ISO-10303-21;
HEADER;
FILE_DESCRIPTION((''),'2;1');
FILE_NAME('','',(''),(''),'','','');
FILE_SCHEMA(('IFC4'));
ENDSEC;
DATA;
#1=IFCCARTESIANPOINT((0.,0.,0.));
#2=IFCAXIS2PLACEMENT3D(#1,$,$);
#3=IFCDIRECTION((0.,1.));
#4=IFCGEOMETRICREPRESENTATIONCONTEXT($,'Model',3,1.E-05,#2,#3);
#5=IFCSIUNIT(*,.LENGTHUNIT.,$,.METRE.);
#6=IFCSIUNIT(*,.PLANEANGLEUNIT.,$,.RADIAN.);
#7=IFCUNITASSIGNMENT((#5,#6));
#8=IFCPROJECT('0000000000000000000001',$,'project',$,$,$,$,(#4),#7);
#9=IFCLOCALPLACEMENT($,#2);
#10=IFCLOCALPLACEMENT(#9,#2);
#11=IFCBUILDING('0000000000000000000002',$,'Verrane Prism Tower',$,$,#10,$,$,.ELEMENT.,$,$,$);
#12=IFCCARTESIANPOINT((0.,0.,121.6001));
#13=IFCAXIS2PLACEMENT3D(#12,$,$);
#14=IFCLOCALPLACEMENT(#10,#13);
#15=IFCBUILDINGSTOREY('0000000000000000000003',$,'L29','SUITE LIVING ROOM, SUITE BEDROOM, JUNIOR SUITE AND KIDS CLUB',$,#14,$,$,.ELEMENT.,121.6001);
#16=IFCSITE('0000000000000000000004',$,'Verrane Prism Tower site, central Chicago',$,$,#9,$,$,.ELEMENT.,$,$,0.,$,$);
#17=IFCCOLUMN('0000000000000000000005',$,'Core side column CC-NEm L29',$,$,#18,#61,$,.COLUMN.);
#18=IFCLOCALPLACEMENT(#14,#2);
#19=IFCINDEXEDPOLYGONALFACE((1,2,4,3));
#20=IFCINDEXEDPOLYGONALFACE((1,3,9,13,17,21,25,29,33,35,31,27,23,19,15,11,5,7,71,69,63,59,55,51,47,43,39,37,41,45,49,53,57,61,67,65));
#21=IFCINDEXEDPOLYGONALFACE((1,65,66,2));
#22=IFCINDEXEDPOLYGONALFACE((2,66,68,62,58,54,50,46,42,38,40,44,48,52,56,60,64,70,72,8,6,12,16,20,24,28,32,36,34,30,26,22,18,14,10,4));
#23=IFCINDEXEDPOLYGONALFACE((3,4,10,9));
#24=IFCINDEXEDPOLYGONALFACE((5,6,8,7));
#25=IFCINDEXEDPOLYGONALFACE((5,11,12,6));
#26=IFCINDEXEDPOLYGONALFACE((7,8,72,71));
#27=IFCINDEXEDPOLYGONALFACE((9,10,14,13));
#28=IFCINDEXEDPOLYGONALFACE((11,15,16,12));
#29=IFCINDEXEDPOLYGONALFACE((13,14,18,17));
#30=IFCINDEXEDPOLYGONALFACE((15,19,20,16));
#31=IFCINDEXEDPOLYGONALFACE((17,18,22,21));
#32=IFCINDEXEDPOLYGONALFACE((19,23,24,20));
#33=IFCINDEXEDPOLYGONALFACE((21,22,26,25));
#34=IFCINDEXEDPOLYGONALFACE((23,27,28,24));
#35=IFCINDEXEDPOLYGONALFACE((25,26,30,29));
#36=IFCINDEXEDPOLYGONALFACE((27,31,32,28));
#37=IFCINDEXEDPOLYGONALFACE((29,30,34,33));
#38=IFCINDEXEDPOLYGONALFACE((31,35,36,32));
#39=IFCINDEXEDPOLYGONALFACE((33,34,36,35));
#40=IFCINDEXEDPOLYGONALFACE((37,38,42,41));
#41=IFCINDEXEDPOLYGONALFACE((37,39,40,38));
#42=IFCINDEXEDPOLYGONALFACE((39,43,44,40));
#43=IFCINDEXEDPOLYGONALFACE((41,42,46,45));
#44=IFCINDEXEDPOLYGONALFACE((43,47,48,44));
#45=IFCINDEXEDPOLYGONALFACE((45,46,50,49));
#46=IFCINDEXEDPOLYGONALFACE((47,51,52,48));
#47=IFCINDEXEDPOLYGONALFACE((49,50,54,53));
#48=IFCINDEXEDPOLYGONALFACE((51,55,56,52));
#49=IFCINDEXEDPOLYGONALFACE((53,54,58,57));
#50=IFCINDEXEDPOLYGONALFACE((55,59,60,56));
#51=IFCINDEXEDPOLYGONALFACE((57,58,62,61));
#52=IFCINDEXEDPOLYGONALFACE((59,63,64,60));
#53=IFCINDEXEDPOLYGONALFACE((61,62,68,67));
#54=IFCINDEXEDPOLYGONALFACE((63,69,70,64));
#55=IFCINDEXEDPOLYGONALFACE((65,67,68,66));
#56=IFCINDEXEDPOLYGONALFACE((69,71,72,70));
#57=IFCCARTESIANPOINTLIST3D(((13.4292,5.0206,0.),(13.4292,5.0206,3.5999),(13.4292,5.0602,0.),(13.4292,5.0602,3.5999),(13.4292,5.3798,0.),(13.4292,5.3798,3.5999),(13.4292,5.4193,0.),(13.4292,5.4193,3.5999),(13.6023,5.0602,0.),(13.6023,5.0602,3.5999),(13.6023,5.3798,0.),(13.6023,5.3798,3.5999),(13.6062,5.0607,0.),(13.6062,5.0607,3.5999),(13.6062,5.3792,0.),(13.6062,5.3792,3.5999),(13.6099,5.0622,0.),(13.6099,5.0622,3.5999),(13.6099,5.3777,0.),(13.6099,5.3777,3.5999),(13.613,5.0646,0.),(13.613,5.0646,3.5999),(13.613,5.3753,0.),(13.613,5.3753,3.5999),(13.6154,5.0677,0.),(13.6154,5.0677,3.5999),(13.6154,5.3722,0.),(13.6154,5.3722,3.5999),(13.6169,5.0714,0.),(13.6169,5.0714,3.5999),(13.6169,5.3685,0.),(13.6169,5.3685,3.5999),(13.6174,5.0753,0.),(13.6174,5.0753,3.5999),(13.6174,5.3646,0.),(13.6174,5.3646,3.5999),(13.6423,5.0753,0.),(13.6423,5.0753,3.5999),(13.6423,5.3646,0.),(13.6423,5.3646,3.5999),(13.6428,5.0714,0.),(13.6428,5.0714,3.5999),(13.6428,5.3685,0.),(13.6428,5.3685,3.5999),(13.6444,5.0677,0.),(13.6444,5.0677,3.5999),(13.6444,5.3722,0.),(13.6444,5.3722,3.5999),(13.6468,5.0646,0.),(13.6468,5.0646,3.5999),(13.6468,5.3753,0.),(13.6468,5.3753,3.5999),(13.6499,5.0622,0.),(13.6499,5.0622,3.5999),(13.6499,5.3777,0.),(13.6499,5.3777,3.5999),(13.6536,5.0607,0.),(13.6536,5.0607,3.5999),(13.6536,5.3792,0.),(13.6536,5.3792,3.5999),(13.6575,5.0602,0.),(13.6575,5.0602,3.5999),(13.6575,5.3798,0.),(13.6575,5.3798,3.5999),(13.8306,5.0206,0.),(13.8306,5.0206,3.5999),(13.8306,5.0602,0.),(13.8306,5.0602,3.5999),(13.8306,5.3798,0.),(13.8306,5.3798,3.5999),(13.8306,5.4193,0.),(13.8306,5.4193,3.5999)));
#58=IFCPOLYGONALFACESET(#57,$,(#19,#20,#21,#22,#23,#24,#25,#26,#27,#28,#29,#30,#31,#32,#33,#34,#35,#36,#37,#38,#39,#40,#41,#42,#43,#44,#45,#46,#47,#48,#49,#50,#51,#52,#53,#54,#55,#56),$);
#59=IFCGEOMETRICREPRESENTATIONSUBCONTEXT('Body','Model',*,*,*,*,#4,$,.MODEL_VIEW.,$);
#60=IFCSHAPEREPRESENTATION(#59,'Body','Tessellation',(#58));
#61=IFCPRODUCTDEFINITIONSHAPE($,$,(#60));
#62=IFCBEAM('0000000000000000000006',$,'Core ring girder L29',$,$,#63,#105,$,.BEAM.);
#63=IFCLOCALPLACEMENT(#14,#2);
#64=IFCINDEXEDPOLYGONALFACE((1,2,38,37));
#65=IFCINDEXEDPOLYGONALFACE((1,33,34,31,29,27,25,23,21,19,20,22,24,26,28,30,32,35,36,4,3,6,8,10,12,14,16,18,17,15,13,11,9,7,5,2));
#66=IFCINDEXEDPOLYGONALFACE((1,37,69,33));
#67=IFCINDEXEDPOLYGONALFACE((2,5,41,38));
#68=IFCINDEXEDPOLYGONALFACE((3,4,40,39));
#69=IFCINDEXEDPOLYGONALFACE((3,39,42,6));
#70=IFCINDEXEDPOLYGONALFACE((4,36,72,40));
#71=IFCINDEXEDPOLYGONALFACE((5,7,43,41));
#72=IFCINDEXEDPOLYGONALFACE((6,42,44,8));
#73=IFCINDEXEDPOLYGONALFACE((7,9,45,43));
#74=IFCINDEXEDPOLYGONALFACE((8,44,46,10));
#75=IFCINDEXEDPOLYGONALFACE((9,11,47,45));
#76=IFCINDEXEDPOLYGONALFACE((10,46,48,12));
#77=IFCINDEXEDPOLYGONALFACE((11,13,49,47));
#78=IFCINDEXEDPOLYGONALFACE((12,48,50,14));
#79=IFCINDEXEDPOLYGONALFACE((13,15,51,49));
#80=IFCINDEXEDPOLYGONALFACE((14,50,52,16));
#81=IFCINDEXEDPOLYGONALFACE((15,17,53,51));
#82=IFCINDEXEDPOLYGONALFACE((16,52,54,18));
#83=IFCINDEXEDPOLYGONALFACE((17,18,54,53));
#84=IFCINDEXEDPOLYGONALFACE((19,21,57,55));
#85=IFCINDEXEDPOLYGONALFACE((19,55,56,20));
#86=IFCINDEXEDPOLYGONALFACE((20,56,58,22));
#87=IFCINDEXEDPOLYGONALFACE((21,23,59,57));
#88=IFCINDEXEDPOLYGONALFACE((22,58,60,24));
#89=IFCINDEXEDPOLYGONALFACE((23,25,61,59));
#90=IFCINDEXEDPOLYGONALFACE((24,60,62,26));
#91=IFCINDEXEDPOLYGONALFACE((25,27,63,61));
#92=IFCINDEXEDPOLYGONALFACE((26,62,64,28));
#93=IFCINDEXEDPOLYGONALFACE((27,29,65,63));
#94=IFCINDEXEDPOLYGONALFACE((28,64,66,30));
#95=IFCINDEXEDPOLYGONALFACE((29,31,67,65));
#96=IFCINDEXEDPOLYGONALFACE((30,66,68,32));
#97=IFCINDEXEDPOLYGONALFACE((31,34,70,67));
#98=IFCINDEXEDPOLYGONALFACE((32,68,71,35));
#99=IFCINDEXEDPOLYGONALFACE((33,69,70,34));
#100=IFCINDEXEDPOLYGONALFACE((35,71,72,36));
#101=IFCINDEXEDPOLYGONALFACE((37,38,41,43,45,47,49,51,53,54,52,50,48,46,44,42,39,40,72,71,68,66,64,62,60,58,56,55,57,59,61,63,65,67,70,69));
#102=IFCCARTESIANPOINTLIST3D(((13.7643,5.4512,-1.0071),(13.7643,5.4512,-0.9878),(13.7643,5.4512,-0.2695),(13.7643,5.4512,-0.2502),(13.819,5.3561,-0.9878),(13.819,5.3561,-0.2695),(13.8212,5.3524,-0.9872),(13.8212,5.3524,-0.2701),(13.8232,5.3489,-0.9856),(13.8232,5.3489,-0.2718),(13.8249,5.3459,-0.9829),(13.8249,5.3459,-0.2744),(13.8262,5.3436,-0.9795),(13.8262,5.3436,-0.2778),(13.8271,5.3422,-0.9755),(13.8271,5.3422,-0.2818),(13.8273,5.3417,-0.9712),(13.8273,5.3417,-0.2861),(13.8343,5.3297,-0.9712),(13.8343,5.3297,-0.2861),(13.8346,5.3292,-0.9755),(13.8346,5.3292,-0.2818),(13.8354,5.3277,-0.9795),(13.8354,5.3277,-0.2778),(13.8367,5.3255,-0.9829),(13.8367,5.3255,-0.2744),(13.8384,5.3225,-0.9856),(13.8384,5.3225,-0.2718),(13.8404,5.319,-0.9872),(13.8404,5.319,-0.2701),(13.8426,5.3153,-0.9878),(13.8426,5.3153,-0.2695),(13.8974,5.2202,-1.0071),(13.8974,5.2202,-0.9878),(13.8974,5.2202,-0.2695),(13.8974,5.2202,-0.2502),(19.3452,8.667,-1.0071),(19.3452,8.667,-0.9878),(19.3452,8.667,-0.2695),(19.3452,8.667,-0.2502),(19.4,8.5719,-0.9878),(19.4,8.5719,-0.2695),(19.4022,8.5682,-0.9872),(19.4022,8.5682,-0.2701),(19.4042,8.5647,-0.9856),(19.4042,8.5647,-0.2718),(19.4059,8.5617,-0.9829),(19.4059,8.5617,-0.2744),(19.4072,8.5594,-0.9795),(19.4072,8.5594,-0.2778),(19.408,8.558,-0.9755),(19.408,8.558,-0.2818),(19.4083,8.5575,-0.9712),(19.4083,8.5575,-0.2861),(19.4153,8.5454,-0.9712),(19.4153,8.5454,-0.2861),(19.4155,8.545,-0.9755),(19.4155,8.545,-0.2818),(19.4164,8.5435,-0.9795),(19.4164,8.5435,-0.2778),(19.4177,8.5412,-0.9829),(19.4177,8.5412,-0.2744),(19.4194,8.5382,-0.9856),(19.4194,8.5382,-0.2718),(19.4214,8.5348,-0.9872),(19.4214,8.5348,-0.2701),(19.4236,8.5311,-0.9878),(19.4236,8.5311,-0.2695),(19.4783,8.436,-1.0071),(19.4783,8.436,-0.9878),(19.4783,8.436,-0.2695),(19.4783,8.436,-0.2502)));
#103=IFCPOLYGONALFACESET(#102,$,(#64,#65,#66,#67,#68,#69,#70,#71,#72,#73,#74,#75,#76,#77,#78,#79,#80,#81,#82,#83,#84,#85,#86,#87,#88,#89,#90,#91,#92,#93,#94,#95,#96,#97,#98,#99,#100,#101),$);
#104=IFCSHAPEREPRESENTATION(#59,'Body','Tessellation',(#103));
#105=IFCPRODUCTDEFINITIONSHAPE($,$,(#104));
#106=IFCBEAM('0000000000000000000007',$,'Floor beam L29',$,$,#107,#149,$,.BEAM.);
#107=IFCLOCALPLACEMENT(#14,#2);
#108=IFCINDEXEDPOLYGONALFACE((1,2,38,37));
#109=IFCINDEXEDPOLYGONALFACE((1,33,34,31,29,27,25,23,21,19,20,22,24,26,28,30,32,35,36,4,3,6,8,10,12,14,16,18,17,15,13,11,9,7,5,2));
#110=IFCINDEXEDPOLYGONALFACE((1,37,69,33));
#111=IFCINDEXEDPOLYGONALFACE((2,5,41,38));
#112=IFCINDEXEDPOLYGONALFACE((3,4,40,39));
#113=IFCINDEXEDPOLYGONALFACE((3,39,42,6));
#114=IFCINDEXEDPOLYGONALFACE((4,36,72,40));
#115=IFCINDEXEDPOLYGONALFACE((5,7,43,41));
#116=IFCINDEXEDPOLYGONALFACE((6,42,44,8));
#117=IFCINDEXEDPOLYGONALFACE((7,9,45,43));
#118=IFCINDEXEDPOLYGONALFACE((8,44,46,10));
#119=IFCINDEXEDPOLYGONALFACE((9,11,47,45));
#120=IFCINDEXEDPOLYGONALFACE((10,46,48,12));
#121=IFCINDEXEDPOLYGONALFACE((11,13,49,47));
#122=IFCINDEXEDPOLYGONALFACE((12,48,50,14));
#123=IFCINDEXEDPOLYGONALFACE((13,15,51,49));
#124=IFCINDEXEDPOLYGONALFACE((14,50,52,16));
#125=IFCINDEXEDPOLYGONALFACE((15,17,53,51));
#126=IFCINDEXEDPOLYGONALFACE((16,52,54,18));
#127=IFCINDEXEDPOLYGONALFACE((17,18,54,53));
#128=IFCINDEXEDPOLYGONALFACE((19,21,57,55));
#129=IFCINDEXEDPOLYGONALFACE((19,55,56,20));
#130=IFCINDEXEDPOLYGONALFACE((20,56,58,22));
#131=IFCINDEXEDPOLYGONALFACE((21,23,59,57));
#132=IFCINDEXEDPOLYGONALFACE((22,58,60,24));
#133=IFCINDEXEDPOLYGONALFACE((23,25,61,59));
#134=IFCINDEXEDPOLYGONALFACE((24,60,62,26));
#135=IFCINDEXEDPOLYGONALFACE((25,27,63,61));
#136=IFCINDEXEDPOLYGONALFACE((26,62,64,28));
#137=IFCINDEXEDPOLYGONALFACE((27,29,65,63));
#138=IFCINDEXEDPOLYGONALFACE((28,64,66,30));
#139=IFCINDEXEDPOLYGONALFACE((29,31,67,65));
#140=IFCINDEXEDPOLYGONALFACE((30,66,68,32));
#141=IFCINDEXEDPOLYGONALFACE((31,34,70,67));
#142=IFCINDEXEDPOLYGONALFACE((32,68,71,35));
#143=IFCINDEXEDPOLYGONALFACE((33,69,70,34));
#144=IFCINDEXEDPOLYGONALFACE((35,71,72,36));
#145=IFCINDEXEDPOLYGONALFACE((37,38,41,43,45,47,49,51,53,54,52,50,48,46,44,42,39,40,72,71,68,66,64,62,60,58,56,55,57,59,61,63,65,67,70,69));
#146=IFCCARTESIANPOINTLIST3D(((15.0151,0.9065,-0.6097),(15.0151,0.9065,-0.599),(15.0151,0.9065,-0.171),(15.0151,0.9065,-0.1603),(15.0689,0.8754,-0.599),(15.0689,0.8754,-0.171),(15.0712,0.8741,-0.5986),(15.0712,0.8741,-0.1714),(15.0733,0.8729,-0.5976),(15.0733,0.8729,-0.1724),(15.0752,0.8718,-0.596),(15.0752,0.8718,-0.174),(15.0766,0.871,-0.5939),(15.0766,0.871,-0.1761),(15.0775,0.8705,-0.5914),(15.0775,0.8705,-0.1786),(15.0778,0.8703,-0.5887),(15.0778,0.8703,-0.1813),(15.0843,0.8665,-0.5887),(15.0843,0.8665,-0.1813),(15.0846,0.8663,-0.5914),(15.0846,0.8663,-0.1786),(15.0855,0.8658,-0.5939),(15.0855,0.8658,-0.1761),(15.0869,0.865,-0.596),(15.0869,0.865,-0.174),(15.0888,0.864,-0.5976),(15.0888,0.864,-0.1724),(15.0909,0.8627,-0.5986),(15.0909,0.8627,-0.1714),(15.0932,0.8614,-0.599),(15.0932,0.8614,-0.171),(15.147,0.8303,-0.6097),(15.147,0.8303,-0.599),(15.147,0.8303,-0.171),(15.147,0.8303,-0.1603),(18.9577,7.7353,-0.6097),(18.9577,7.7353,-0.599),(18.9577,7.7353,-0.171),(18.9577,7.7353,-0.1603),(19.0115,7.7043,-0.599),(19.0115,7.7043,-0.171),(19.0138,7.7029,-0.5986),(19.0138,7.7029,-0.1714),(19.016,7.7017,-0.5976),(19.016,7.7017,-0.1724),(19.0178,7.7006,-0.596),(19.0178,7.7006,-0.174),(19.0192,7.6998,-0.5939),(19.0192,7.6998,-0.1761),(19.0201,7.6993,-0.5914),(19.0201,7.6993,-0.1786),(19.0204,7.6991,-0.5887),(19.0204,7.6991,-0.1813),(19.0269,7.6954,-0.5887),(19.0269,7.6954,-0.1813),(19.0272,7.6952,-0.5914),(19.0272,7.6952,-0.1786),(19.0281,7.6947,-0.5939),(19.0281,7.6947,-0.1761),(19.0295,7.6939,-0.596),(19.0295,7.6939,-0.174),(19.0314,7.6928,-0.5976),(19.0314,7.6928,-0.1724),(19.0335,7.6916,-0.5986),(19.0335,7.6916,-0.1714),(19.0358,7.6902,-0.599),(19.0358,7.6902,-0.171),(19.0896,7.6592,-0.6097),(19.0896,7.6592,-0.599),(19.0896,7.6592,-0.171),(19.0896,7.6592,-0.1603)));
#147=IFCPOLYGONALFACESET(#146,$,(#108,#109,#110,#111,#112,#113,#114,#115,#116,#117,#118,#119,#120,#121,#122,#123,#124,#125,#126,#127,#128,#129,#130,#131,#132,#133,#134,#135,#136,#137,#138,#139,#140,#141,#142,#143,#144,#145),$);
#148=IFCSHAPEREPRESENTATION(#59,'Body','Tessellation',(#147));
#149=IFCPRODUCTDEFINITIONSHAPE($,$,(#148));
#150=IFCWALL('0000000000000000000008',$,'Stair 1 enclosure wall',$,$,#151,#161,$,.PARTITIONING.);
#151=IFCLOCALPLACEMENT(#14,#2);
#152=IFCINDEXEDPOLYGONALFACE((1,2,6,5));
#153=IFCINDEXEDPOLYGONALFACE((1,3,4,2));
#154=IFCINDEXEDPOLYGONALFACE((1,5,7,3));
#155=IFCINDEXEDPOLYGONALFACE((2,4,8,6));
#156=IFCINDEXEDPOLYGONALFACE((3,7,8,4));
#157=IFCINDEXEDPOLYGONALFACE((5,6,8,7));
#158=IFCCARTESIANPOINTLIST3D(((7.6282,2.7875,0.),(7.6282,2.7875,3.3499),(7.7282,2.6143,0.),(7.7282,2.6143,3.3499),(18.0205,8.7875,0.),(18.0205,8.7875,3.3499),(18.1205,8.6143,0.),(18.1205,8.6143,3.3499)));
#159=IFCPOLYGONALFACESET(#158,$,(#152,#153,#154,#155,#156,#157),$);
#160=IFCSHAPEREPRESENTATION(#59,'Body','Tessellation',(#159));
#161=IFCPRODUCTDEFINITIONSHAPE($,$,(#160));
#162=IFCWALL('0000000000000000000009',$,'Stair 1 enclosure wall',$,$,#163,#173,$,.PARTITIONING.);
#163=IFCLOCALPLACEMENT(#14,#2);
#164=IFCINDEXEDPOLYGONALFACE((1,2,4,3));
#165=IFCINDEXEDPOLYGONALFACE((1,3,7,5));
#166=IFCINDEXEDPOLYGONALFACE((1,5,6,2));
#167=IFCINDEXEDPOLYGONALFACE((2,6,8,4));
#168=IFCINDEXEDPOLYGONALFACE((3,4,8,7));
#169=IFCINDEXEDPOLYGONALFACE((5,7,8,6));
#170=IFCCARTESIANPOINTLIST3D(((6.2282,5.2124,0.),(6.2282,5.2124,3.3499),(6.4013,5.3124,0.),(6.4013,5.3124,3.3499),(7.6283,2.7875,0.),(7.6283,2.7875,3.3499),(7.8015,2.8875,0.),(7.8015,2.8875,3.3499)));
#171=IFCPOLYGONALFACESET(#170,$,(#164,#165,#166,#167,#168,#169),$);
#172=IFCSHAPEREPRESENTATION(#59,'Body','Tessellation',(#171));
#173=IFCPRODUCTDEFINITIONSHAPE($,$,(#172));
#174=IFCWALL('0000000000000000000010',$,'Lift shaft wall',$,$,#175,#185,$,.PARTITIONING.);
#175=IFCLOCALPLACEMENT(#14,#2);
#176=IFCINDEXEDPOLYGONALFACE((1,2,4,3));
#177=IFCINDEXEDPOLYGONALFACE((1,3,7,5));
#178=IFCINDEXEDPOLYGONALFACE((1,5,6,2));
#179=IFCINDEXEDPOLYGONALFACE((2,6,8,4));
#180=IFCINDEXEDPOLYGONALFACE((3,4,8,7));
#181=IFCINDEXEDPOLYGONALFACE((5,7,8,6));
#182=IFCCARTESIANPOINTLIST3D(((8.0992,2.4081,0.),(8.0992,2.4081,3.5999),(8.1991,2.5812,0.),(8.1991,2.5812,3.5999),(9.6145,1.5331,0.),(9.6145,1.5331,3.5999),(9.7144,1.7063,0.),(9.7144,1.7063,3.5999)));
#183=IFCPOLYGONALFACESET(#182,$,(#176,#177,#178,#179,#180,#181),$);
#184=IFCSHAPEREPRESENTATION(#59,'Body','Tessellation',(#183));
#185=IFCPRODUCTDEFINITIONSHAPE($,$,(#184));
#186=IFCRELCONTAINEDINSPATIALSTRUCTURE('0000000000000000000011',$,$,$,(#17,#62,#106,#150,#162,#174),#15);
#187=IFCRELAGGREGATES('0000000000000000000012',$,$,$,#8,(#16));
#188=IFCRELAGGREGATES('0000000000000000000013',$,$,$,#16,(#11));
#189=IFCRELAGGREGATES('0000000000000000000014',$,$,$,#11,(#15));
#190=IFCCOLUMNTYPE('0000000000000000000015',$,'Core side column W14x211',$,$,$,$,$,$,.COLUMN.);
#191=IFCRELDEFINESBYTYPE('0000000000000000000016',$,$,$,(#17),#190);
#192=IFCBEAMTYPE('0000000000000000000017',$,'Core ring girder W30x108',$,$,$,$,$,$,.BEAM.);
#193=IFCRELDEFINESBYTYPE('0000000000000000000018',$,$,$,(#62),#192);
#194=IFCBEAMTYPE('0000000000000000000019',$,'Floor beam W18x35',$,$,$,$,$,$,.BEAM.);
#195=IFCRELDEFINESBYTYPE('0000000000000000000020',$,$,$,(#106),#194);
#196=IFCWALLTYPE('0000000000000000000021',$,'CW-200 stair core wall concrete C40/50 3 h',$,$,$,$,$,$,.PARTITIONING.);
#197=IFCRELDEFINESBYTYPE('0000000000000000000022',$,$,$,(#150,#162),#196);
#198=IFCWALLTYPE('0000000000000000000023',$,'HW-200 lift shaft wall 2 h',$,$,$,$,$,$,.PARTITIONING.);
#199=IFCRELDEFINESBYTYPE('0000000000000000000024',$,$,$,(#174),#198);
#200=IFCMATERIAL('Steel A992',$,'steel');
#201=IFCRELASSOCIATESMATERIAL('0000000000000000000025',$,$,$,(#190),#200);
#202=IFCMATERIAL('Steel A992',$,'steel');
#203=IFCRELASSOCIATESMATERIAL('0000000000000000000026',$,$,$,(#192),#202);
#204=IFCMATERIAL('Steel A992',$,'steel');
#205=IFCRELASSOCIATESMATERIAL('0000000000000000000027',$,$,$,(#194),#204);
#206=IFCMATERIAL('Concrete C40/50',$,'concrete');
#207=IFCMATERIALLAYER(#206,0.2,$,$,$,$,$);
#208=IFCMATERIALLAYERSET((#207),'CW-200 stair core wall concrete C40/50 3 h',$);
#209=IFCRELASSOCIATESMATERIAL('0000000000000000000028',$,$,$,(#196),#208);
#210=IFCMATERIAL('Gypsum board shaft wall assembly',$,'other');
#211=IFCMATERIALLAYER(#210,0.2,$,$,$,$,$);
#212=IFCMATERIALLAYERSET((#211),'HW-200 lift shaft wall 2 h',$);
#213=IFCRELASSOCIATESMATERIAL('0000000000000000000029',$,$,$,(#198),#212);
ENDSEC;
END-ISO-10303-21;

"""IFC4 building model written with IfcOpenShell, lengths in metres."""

from ifc_helpers import new_model, si_unit, direction, frame, frame_2d, origin, origin_2d, place, context, subcontext, project, spatial, rectangle, i_section, extrude, material, layer, layer_set, material_profile, profile_set, type_object, element, save


model = new_model("IFC4")

# Units and contexts
model_context = context("Model", 3, precision=1e-05, world=origin(), true_north=direction((0.0, 1.0)))
body_context = subcontext(model_context, "Body", "Model", "MODEL_VIEW")
ifc_project = project(units=[si_unit("LENGTHUNIT", "METRE"), si_unit("PLANEANGLEUNIT", "RADIAN")], contexts=[model_context])

# Site, building, storey
site_placement = place(None, origin())
site = spatial("IfcSite", under=ifc_project, at=site_placement, Name="Verrane Prism Tower site, central Chicago", CompositionType="ELEMENT", RefElevation=0.0)
building_placement = place(site_placement, origin())
building = spatial("IfcBuilding", under=site, at=building_placement, Name="Verrane Prism Tower", CompositionType="ELEMENT")
storey_placement = place(building_placement, frame((0.0, 0.0, 121.6001)))
storey = spatial("IfcBuildingStorey", under=building, at=storey_placement, Name="L29", Description="SUITE LIVING ROOM, SUITE BEDROOM, JUNIOR SUITE AND KIDS CLUB", CompositionType="ELEMENT", Elevation=121.6001)

# Column
ifc_material_1 = material(Name="Steel A992", Category="steel")
ifc_material_profile_1 = material_profile(ifc_material_1, i_section(OverallWidth=0.4014, OverallDepth=0.3987, WebThickness=0.0249, FlangeThickness=0.0396, FilletRadius=0.0151, at=origin_2d()), Name="W14x211")
ifc_profile_set_1 = profile_set([ifc_material_profile_1], Name="Steel A992")
column_type = type_object("IfcColumnType", Name="Core side column W14x211", PredefinedType="COLUMN", material=ifc_profile_set_1)
column_placement = place(storey_placement, frame((13.6299, 5.22, 0.0), z_axis=(0.0, 0.0, 1.0), x_axis=(1.0, 0.0, 0.0)))
element("IfcColumn", 1, at=column_placement, inside=storey, type_object=column_type, Name="Core side column CC-NEm L29", PredefinedType="COLUMN", context=body_context, shape_type="SweptSolid", body=[
    extrude(i_section(OverallWidth=0.4014, OverallDepth=0.3987, WebThickness=0.0249, FlangeThickness=0.0396, FilletRadius=0.0151, at=origin_2d()), origin(), (0.0, 0.0, 1.0), 3.5999),
])

# Beams
ifc_material_2 = material(Name="Steel A992", Category="steel")
ifc_material_profile_2 = material_profile(ifc_material_2, i_section(OverallWidth=0.2666, OverallDepth=0.7568, WebThickness=0.0139, FlangeThickness=0.0193, FilletRadius=0.0166, at=origin_2d()), Name="W30x108")
ifc_profile_set_2 = profile_set([ifc_material_profile_2], Name="Steel A992")
beam_type_1 = type_object("IfcBeamType", Name="Core ring girder W30x108", PredefinedType="BEAM", material=ifc_profile_set_2)
beam_1_placement = place(storey_placement, frame((13.8308, 5.3357, -0.6287), z_axis=(0.866456, 0.499254, 0.0), x_axis=(-0.499254, 0.866456, 0.0)))
element("IfcBeam", 2, at=beam_1_placement, inside=storey, type_object=beam_type_1, Name="Core ring girder L29", PredefinedType="BEAM", context=body_context, shape_type="SweptSolid", body=[
    extrude(i_section(OverallWidth=0.2666, OverallDepth=0.7568, WebThickness=0.0139, FlangeThickness=0.0193, FilletRadius=0.0166, at=origin_2d()), origin(), (0.0, 0.0, 1.0), 6.4412),
])
ifc_material_3 = material(Name="Steel A992", Category="steel")
ifc_material_profile_3 = material_profile(ifc_material_3, i_section(OverallWidth=0.1523, OverallDepth=0.4495, WebThickness=0.0076, FlangeThickness=0.0107, FilletRadius=0.0103, at=origin_2d()), Name="W18x35")
ifc_profile_set_3 = profile_set([ifc_material_profile_3], Name="Steel A992")
beam_type_2 = type_object("IfcBeamType", Name="Floor beam W18x35", PredefinedType="BEAM", material=ifc_profile_set_3)
beam_2_placement = place(storey_placement, frame((15.0811, 0.8684, -0.385), z_axis=(0.499999, 0.866026, 0.0), x_axis=(-0.866026, 0.499999, 0.0)))
element("IfcBeam", 3, at=beam_2_placement, inside=storey, type_object=beam_type_2, Name="Floor beam L29", PredefinedType="BEAM", context=body_context, shape_type="SweptSolid", body=[
    extrude(i_section(OverallWidth=0.1523, OverallDepth=0.4495, WebThickness=0.0076, FlangeThickness=0.0107, FilletRadius=0.0103, at=origin_2d()), origin(), (0.0, 0.0, 1.0), 7.8853),
])

# Walls
ifc_material_4 = material(Name="Concrete C40/50", Category="concrete")
ifc_layer_1 = layer(ifc_material_4, 0.2)
ifc_layer_set_1 = layer_set([ifc_layer_1], Name="CW-200 stair core wall concrete C40/50 3 h")
wall_type_1 = type_object("IfcWallType", Name="CW-200 stair core wall concrete C40/50 3 h", PredefinedType="PARTITIONING", material=ifc_layer_set_1)
wall_1_placement = place(storey_placement, frame((7.6782, 2.7009, 0.0), z_axis=(0.0, 0.0, 1.0), x_axis=(0.866026, 0.499999, 0.0)))
element("IfcWall", 4, at=wall_1_placement, inside=storey, type_object=wall_type_1, Name="Stair 1 enclosure wall", PredefinedType="PARTITIONING", context=body_context, shape_type="SweptSolid", body=[
    extrude(rectangle(XDim=12.0, YDim=0.2, at=frame_2d((6.0, 0.0))), origin(), (0.0, 0.0, 1.0), 3.3499),
])
wall_2_placement = place(storey_placement, frame((7.7148, 2.8376, 0.0), z_axis=(0.0, 0.0, 1.0), x_axis=(-0.50005, 0.865997, 0.0)))
element("IfcWall", 5, at=wall_2_placement, inside=storey, type_object=wall_type_1, Name="Stair 1 enclosure wall", PredefinedType="PARTITIONING", context=body_context, shape_type="SweptSolid", body=[
    extrude(rectangle(XDim=2.8, YDim=0.2, at=frame_2d((1.3999, 0.0))), origin(), (0.0, 0.0, 1.0), 3.3499),
])
ifc_material_5 = material(Name="Gypsum board shaft wall assembly", Category="other")
ifc_layer_2 = layer(ifc_material_5, 0.2)
ifc_layer_set_2 = layer_set([ifc_layer_2], Name="HW-200 lift shaft wall 2 h")
wall_type_2 = type_object("IfcWallType", Name="HW-200 lift shaft wall 2 h", PredefinedType="PARTITIONING", material=ifc_layer_set_2)
wall_3_placement = place(storey_placement, frame((9.6646, 1.6196, 0.0), z_axis=(0.0, 0.0, 1.0), x_axis=(-0.866002, 0.50004, 0.0)))
element("IfcWall", 6, at=wall_3_placement, inside=storey, type_object=wall_type_2, Name="Lift shaft wall", PredefinedType="PARTITIONING", context=body_context, shape_type="SweptSolid", body=[
    extrude(rectangle(XDim=1.7498, YDim=0.2, at=frame_2d((0.875, 0.0))), origin(), (0.0, 0.0, 1.0), 3.5999),
])

save(model, "model.ifc")
